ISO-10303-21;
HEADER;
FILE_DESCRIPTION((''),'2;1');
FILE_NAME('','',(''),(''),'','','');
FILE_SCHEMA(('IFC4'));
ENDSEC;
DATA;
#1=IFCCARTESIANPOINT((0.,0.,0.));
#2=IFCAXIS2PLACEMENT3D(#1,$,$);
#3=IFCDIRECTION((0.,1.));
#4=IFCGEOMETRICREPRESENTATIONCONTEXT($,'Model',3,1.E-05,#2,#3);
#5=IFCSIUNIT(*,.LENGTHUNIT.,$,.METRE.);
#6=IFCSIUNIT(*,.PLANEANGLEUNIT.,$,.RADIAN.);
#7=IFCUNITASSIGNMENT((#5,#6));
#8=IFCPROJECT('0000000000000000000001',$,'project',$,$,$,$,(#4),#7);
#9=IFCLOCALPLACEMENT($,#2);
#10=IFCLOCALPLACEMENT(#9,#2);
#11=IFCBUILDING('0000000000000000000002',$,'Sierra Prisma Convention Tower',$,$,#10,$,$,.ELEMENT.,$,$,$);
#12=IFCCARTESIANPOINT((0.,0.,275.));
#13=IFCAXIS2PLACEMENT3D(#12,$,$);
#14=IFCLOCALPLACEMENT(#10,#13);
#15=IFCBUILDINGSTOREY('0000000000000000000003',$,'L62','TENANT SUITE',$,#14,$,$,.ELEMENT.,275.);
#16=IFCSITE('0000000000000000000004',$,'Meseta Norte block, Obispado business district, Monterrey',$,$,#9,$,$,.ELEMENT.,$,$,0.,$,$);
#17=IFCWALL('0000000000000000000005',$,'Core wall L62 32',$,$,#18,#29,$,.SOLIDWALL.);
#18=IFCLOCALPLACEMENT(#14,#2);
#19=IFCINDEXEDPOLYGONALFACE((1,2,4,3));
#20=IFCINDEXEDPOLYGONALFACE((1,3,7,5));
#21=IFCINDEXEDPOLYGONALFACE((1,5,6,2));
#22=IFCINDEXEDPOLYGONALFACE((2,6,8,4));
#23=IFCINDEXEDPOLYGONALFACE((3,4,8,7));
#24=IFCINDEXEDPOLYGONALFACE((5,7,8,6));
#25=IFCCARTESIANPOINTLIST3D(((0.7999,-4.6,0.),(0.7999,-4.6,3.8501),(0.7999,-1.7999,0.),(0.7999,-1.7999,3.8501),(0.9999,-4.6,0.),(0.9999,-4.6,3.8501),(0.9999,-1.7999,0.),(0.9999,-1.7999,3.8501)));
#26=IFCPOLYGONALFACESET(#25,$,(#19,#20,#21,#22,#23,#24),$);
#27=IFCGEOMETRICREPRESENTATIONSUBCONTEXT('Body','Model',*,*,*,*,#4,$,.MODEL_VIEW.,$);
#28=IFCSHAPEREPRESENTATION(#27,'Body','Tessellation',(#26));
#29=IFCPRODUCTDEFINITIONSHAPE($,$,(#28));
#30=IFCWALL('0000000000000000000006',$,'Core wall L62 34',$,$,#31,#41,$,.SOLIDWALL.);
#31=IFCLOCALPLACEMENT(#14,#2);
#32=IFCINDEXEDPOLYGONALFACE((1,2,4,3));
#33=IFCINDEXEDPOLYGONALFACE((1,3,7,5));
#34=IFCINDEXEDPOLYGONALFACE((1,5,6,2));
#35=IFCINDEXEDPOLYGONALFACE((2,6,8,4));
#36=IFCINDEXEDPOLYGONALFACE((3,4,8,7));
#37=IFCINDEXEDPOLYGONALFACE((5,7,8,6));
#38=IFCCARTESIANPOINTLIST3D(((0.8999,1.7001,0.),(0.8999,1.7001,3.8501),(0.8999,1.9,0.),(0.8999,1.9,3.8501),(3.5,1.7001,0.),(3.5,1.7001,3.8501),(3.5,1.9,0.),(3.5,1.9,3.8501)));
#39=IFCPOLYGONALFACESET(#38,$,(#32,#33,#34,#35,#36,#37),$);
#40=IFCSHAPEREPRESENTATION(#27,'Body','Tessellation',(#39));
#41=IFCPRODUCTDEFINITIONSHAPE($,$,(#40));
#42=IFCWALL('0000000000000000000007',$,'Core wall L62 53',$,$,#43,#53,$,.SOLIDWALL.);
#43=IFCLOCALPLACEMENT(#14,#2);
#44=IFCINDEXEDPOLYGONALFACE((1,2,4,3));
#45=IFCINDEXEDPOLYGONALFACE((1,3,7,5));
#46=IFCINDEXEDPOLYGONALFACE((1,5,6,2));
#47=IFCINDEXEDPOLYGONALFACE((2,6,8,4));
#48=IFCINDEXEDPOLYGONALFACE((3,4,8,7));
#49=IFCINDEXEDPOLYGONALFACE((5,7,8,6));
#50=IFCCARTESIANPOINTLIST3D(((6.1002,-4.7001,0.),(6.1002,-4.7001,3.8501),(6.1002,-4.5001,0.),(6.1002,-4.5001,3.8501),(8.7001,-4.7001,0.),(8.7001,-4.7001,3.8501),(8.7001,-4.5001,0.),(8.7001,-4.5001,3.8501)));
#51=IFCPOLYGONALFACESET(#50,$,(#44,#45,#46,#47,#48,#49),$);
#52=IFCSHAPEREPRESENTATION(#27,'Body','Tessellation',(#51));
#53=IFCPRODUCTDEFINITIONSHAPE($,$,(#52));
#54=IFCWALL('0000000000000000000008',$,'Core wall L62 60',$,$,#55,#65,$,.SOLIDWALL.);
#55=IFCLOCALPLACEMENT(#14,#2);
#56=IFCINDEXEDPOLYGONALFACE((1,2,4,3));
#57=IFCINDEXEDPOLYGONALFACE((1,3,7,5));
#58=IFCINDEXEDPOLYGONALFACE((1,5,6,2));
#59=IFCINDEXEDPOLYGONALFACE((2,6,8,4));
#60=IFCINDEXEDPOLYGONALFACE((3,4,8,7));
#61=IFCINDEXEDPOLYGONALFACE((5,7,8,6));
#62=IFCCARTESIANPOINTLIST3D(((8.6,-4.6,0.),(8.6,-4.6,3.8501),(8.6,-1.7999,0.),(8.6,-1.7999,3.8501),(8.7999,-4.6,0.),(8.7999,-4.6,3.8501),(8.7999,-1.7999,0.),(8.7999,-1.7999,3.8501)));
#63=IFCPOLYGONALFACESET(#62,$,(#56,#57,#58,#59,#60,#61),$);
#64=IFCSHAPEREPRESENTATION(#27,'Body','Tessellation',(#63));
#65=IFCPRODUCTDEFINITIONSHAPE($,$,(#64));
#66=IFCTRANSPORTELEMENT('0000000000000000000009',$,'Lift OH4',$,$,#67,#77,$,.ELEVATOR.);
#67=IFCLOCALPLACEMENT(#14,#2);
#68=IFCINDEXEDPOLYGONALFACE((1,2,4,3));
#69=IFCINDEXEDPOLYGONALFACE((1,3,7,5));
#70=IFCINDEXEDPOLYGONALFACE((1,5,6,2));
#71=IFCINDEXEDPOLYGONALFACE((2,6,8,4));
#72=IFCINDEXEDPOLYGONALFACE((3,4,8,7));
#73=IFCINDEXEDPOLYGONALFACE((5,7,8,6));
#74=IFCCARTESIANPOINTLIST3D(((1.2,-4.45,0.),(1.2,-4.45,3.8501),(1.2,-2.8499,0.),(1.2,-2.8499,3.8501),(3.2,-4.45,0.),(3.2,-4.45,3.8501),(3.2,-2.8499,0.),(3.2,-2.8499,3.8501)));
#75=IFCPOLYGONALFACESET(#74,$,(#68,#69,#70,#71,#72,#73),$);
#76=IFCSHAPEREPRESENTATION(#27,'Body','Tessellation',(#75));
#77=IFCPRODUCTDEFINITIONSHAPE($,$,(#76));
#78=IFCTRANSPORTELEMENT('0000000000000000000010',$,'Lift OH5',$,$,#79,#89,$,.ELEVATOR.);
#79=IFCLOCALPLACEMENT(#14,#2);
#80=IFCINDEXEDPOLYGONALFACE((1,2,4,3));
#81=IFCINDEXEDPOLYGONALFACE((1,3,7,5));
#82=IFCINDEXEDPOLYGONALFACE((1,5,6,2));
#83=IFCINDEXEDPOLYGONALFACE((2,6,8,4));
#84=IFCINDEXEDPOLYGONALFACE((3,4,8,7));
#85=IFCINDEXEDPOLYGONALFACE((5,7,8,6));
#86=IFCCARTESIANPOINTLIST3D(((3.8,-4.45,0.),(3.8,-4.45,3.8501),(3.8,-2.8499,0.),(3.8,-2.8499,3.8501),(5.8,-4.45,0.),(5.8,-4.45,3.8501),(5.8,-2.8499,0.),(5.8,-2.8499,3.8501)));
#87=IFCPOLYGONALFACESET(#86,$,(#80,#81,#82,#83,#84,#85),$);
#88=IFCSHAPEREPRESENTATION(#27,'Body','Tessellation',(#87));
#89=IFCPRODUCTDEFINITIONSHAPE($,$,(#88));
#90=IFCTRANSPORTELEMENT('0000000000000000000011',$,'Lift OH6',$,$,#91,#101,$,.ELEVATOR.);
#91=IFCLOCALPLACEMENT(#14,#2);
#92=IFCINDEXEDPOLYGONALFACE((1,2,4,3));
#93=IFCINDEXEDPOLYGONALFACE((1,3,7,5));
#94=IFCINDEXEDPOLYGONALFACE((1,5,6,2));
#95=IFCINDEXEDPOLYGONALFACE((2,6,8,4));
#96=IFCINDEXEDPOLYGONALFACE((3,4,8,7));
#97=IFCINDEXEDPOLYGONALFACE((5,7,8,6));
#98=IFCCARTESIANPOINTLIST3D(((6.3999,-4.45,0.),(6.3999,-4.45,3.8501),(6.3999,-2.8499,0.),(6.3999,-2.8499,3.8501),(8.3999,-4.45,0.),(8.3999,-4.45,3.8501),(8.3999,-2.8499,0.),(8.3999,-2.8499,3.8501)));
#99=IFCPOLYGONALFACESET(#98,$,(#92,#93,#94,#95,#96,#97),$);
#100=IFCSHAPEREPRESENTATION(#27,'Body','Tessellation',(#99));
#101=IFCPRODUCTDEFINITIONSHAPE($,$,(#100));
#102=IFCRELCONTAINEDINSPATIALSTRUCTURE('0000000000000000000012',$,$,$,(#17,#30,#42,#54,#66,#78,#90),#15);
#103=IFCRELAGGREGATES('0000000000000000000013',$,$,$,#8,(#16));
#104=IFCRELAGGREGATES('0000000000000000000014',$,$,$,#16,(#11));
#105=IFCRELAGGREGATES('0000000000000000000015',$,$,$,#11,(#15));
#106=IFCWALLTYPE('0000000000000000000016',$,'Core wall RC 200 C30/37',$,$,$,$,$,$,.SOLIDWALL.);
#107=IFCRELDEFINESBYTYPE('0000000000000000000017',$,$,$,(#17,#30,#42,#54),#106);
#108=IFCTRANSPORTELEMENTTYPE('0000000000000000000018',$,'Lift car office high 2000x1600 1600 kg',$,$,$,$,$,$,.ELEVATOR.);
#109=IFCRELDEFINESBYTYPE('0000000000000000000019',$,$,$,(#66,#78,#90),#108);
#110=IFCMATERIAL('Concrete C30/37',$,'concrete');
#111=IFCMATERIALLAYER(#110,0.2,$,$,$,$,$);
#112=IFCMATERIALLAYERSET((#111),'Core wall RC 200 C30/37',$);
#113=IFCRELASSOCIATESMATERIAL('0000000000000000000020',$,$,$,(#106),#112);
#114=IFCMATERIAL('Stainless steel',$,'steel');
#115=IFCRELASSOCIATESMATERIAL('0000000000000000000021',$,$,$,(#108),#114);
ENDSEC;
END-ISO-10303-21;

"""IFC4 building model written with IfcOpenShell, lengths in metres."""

from ifc_helpers import new_model, si_unit, direction, frame, frame_2d, origin, origin_2d, place, context, subcontext, project, spatial, rectangle, extrude, material, layer, layer_set, type_object, element, save


model = new_model("IFC4")

# Units and contexts
model_context = context("Model", 3, precision=1e-05, world=origin(), true_north=direction((0.0, 1.0)))
body_context = subcontext(model_context, "Body", "Model", "MODEL_VIEW")
ifc_project = project(units=[si_unit("LENGTHUNIT", "METRE"), si_unit("PLANEANGLEUNIT", "RADIAN")], contexts=[model_context])

# Site, building, storey
site_placement = place(None, origin())
site = spatial("IfcSite", under=ifc_project, at=site_placement, Name="Meseta Norte block, Obispado business district, Monterrey", CompositionType="ELEMENT", RefElevation=0.0)
building_placement = place(site_placement, origin())
building = spatial("IfcBuilding", under=site, at=building_placement, Name="Sierra Prisma Convention Tower", CompositionType="ELEMENT")
storey_placement = place(building_placement, frame((0.0, 0.0, 275.0)))
storey = spatial("IfcBuildingStorey", under=building, at=storey_placement, Name="L62", Description="TENANT SUITE", CompositionType="ELEMENT", Elevation=275.0)

# Shared definitions
ifc_material_1 = material(Name="Concrete C30/37", Category="concrete")
ifc_layer = layer(ifc_material_1, 0.2)
ifc_layer_set = layer_set([ifc_layer], Name="Core wall RC 200 C30/37")
wall_type = type_object("IfcWallType", Name="Core wall RC 200 C30/37", PredefinedType="SOLIDWALL", material=ifc_layer_set)

# Walls
wall_1_placement = place(storey_placement, frame((0.8999, -1.8, 0.0), z_axis=(0.0, 0.0, 1.0), x_axis=(0.0, -1.0, 0.0)))
element("IfcWall", 1, at=wall_1_placement, inside=storey, type_object=wall_type, Name="Core wall L62 32", PredefinedType="SOLIDWALL", context=body_context, shape_type="SweptSolid", body=[
    extrude(rectangle(XDim=2.8, YDim=0.2, at=frame_2d((1.3999, 0.0))), origin(), (0.0, 0.0, 1.0), 3.8501),
])
wall_2_placement = place(storey_placement, frame((3.5, 1.8, 0.0), z_axis=(0.0, 0.0, 1.0), x_axis=(-1.0, 0.0, 0.0)))
element("IfcWall", 2, at=wall_2_placement, inside=storey, type_object=wall_type, Name="Core wall L62 34", PredefinedType="SOLIDWALL", context=body_context, shape_type="SweptSolid", body=[
    extrude(rectangle(XDim=2.6001, YDim=0.2, at=frame_2d((1.3, 0.0))), origin(), (0.0, 0.0, 1.0), 3.8501),
])

# Wall
wall_3_placement = place(storey_placement, frame((8.7, -4.6001, 0.0), z_axis=(0.0, 0.0, 1.0), x_axis=(-1.0, 0.0, 0.0)))
element("IfcWall", 3, at=wall_3_placement, inside=storey, type_object=wall_type, Name="Core wall L62 53", PredefinedType="SOLIDWALL", context=body_context, shape_type="SweptSolid", body=[
    extrude(rectangle(XDim=2.5999, YDim=0.2, at=frame_2d((1.2998, 0.0))), origin(), (0.0, 0.0, 1.0), 3.8501),
])

# Wall
wall_4_placement = place(storey_placement, frame((8.7, -1.8, 0.0), z_axis=(0.0, 0.0, 1.0), x_axis=(0.0, -1.0, 0.0)))
element("IfcWall", 4, at=wall_4_placement, inside=storey, type_object=wall_type, Name="Core wall L62 60", PredefinedType="SOLIDWALL", context=body_context, shape_type="SweptSolid", body=[
    extrude(rectangle(XDim=2.8, YDim=0.2, at=frame_2d((1.3999, 0.0))), origin(), (0.0, 0.0, 1.0), 3.8501),
])

# Transport elements
ifc_material_2 = material(Name="Stainless steel", Category="steel")
transport_element_type = type_object("IfcTransportElementType", Name="Lift car office high 2000x1600 1600 kg", PredefinedType="ELEVATOR", material=ifc_material_2)
for number, where, z_axis, x_axis, name in (
    (5, (2.2, -3.6499, 0.0), (0.0, 0.0, 1.0), (1.0, 0.0, 0.0), "Lift OH4"),
    (6, (4.8, -3.6499, 0.0), (0.0, 0.0, 1.0), (1.0, 0.0, 0.0), "Lift OH5"),
    (7, (7.3999, -3.6499, 0.0), (0.0, 0.0, 1.0), (1.0, 0.0, 0.0), "Lift OH6"),
):
    element("IfcTransportElement", number, at=place(storey_placement, frame(where, z_axis=z_axis, x_axis=x_axis)), inside=storey, type_object=transport_element_type, Name=name, PredefinedType="ELEVATOR", context=body_context, shape_type="SweptSolid", body=[
        extrude(rectangle(XDim=2.0, YDim=1.6001, at=origin_2d()), origin(), (0.0, 0.0, 1.0), 3.8501),
    ])

save(model, "model.ifc")
